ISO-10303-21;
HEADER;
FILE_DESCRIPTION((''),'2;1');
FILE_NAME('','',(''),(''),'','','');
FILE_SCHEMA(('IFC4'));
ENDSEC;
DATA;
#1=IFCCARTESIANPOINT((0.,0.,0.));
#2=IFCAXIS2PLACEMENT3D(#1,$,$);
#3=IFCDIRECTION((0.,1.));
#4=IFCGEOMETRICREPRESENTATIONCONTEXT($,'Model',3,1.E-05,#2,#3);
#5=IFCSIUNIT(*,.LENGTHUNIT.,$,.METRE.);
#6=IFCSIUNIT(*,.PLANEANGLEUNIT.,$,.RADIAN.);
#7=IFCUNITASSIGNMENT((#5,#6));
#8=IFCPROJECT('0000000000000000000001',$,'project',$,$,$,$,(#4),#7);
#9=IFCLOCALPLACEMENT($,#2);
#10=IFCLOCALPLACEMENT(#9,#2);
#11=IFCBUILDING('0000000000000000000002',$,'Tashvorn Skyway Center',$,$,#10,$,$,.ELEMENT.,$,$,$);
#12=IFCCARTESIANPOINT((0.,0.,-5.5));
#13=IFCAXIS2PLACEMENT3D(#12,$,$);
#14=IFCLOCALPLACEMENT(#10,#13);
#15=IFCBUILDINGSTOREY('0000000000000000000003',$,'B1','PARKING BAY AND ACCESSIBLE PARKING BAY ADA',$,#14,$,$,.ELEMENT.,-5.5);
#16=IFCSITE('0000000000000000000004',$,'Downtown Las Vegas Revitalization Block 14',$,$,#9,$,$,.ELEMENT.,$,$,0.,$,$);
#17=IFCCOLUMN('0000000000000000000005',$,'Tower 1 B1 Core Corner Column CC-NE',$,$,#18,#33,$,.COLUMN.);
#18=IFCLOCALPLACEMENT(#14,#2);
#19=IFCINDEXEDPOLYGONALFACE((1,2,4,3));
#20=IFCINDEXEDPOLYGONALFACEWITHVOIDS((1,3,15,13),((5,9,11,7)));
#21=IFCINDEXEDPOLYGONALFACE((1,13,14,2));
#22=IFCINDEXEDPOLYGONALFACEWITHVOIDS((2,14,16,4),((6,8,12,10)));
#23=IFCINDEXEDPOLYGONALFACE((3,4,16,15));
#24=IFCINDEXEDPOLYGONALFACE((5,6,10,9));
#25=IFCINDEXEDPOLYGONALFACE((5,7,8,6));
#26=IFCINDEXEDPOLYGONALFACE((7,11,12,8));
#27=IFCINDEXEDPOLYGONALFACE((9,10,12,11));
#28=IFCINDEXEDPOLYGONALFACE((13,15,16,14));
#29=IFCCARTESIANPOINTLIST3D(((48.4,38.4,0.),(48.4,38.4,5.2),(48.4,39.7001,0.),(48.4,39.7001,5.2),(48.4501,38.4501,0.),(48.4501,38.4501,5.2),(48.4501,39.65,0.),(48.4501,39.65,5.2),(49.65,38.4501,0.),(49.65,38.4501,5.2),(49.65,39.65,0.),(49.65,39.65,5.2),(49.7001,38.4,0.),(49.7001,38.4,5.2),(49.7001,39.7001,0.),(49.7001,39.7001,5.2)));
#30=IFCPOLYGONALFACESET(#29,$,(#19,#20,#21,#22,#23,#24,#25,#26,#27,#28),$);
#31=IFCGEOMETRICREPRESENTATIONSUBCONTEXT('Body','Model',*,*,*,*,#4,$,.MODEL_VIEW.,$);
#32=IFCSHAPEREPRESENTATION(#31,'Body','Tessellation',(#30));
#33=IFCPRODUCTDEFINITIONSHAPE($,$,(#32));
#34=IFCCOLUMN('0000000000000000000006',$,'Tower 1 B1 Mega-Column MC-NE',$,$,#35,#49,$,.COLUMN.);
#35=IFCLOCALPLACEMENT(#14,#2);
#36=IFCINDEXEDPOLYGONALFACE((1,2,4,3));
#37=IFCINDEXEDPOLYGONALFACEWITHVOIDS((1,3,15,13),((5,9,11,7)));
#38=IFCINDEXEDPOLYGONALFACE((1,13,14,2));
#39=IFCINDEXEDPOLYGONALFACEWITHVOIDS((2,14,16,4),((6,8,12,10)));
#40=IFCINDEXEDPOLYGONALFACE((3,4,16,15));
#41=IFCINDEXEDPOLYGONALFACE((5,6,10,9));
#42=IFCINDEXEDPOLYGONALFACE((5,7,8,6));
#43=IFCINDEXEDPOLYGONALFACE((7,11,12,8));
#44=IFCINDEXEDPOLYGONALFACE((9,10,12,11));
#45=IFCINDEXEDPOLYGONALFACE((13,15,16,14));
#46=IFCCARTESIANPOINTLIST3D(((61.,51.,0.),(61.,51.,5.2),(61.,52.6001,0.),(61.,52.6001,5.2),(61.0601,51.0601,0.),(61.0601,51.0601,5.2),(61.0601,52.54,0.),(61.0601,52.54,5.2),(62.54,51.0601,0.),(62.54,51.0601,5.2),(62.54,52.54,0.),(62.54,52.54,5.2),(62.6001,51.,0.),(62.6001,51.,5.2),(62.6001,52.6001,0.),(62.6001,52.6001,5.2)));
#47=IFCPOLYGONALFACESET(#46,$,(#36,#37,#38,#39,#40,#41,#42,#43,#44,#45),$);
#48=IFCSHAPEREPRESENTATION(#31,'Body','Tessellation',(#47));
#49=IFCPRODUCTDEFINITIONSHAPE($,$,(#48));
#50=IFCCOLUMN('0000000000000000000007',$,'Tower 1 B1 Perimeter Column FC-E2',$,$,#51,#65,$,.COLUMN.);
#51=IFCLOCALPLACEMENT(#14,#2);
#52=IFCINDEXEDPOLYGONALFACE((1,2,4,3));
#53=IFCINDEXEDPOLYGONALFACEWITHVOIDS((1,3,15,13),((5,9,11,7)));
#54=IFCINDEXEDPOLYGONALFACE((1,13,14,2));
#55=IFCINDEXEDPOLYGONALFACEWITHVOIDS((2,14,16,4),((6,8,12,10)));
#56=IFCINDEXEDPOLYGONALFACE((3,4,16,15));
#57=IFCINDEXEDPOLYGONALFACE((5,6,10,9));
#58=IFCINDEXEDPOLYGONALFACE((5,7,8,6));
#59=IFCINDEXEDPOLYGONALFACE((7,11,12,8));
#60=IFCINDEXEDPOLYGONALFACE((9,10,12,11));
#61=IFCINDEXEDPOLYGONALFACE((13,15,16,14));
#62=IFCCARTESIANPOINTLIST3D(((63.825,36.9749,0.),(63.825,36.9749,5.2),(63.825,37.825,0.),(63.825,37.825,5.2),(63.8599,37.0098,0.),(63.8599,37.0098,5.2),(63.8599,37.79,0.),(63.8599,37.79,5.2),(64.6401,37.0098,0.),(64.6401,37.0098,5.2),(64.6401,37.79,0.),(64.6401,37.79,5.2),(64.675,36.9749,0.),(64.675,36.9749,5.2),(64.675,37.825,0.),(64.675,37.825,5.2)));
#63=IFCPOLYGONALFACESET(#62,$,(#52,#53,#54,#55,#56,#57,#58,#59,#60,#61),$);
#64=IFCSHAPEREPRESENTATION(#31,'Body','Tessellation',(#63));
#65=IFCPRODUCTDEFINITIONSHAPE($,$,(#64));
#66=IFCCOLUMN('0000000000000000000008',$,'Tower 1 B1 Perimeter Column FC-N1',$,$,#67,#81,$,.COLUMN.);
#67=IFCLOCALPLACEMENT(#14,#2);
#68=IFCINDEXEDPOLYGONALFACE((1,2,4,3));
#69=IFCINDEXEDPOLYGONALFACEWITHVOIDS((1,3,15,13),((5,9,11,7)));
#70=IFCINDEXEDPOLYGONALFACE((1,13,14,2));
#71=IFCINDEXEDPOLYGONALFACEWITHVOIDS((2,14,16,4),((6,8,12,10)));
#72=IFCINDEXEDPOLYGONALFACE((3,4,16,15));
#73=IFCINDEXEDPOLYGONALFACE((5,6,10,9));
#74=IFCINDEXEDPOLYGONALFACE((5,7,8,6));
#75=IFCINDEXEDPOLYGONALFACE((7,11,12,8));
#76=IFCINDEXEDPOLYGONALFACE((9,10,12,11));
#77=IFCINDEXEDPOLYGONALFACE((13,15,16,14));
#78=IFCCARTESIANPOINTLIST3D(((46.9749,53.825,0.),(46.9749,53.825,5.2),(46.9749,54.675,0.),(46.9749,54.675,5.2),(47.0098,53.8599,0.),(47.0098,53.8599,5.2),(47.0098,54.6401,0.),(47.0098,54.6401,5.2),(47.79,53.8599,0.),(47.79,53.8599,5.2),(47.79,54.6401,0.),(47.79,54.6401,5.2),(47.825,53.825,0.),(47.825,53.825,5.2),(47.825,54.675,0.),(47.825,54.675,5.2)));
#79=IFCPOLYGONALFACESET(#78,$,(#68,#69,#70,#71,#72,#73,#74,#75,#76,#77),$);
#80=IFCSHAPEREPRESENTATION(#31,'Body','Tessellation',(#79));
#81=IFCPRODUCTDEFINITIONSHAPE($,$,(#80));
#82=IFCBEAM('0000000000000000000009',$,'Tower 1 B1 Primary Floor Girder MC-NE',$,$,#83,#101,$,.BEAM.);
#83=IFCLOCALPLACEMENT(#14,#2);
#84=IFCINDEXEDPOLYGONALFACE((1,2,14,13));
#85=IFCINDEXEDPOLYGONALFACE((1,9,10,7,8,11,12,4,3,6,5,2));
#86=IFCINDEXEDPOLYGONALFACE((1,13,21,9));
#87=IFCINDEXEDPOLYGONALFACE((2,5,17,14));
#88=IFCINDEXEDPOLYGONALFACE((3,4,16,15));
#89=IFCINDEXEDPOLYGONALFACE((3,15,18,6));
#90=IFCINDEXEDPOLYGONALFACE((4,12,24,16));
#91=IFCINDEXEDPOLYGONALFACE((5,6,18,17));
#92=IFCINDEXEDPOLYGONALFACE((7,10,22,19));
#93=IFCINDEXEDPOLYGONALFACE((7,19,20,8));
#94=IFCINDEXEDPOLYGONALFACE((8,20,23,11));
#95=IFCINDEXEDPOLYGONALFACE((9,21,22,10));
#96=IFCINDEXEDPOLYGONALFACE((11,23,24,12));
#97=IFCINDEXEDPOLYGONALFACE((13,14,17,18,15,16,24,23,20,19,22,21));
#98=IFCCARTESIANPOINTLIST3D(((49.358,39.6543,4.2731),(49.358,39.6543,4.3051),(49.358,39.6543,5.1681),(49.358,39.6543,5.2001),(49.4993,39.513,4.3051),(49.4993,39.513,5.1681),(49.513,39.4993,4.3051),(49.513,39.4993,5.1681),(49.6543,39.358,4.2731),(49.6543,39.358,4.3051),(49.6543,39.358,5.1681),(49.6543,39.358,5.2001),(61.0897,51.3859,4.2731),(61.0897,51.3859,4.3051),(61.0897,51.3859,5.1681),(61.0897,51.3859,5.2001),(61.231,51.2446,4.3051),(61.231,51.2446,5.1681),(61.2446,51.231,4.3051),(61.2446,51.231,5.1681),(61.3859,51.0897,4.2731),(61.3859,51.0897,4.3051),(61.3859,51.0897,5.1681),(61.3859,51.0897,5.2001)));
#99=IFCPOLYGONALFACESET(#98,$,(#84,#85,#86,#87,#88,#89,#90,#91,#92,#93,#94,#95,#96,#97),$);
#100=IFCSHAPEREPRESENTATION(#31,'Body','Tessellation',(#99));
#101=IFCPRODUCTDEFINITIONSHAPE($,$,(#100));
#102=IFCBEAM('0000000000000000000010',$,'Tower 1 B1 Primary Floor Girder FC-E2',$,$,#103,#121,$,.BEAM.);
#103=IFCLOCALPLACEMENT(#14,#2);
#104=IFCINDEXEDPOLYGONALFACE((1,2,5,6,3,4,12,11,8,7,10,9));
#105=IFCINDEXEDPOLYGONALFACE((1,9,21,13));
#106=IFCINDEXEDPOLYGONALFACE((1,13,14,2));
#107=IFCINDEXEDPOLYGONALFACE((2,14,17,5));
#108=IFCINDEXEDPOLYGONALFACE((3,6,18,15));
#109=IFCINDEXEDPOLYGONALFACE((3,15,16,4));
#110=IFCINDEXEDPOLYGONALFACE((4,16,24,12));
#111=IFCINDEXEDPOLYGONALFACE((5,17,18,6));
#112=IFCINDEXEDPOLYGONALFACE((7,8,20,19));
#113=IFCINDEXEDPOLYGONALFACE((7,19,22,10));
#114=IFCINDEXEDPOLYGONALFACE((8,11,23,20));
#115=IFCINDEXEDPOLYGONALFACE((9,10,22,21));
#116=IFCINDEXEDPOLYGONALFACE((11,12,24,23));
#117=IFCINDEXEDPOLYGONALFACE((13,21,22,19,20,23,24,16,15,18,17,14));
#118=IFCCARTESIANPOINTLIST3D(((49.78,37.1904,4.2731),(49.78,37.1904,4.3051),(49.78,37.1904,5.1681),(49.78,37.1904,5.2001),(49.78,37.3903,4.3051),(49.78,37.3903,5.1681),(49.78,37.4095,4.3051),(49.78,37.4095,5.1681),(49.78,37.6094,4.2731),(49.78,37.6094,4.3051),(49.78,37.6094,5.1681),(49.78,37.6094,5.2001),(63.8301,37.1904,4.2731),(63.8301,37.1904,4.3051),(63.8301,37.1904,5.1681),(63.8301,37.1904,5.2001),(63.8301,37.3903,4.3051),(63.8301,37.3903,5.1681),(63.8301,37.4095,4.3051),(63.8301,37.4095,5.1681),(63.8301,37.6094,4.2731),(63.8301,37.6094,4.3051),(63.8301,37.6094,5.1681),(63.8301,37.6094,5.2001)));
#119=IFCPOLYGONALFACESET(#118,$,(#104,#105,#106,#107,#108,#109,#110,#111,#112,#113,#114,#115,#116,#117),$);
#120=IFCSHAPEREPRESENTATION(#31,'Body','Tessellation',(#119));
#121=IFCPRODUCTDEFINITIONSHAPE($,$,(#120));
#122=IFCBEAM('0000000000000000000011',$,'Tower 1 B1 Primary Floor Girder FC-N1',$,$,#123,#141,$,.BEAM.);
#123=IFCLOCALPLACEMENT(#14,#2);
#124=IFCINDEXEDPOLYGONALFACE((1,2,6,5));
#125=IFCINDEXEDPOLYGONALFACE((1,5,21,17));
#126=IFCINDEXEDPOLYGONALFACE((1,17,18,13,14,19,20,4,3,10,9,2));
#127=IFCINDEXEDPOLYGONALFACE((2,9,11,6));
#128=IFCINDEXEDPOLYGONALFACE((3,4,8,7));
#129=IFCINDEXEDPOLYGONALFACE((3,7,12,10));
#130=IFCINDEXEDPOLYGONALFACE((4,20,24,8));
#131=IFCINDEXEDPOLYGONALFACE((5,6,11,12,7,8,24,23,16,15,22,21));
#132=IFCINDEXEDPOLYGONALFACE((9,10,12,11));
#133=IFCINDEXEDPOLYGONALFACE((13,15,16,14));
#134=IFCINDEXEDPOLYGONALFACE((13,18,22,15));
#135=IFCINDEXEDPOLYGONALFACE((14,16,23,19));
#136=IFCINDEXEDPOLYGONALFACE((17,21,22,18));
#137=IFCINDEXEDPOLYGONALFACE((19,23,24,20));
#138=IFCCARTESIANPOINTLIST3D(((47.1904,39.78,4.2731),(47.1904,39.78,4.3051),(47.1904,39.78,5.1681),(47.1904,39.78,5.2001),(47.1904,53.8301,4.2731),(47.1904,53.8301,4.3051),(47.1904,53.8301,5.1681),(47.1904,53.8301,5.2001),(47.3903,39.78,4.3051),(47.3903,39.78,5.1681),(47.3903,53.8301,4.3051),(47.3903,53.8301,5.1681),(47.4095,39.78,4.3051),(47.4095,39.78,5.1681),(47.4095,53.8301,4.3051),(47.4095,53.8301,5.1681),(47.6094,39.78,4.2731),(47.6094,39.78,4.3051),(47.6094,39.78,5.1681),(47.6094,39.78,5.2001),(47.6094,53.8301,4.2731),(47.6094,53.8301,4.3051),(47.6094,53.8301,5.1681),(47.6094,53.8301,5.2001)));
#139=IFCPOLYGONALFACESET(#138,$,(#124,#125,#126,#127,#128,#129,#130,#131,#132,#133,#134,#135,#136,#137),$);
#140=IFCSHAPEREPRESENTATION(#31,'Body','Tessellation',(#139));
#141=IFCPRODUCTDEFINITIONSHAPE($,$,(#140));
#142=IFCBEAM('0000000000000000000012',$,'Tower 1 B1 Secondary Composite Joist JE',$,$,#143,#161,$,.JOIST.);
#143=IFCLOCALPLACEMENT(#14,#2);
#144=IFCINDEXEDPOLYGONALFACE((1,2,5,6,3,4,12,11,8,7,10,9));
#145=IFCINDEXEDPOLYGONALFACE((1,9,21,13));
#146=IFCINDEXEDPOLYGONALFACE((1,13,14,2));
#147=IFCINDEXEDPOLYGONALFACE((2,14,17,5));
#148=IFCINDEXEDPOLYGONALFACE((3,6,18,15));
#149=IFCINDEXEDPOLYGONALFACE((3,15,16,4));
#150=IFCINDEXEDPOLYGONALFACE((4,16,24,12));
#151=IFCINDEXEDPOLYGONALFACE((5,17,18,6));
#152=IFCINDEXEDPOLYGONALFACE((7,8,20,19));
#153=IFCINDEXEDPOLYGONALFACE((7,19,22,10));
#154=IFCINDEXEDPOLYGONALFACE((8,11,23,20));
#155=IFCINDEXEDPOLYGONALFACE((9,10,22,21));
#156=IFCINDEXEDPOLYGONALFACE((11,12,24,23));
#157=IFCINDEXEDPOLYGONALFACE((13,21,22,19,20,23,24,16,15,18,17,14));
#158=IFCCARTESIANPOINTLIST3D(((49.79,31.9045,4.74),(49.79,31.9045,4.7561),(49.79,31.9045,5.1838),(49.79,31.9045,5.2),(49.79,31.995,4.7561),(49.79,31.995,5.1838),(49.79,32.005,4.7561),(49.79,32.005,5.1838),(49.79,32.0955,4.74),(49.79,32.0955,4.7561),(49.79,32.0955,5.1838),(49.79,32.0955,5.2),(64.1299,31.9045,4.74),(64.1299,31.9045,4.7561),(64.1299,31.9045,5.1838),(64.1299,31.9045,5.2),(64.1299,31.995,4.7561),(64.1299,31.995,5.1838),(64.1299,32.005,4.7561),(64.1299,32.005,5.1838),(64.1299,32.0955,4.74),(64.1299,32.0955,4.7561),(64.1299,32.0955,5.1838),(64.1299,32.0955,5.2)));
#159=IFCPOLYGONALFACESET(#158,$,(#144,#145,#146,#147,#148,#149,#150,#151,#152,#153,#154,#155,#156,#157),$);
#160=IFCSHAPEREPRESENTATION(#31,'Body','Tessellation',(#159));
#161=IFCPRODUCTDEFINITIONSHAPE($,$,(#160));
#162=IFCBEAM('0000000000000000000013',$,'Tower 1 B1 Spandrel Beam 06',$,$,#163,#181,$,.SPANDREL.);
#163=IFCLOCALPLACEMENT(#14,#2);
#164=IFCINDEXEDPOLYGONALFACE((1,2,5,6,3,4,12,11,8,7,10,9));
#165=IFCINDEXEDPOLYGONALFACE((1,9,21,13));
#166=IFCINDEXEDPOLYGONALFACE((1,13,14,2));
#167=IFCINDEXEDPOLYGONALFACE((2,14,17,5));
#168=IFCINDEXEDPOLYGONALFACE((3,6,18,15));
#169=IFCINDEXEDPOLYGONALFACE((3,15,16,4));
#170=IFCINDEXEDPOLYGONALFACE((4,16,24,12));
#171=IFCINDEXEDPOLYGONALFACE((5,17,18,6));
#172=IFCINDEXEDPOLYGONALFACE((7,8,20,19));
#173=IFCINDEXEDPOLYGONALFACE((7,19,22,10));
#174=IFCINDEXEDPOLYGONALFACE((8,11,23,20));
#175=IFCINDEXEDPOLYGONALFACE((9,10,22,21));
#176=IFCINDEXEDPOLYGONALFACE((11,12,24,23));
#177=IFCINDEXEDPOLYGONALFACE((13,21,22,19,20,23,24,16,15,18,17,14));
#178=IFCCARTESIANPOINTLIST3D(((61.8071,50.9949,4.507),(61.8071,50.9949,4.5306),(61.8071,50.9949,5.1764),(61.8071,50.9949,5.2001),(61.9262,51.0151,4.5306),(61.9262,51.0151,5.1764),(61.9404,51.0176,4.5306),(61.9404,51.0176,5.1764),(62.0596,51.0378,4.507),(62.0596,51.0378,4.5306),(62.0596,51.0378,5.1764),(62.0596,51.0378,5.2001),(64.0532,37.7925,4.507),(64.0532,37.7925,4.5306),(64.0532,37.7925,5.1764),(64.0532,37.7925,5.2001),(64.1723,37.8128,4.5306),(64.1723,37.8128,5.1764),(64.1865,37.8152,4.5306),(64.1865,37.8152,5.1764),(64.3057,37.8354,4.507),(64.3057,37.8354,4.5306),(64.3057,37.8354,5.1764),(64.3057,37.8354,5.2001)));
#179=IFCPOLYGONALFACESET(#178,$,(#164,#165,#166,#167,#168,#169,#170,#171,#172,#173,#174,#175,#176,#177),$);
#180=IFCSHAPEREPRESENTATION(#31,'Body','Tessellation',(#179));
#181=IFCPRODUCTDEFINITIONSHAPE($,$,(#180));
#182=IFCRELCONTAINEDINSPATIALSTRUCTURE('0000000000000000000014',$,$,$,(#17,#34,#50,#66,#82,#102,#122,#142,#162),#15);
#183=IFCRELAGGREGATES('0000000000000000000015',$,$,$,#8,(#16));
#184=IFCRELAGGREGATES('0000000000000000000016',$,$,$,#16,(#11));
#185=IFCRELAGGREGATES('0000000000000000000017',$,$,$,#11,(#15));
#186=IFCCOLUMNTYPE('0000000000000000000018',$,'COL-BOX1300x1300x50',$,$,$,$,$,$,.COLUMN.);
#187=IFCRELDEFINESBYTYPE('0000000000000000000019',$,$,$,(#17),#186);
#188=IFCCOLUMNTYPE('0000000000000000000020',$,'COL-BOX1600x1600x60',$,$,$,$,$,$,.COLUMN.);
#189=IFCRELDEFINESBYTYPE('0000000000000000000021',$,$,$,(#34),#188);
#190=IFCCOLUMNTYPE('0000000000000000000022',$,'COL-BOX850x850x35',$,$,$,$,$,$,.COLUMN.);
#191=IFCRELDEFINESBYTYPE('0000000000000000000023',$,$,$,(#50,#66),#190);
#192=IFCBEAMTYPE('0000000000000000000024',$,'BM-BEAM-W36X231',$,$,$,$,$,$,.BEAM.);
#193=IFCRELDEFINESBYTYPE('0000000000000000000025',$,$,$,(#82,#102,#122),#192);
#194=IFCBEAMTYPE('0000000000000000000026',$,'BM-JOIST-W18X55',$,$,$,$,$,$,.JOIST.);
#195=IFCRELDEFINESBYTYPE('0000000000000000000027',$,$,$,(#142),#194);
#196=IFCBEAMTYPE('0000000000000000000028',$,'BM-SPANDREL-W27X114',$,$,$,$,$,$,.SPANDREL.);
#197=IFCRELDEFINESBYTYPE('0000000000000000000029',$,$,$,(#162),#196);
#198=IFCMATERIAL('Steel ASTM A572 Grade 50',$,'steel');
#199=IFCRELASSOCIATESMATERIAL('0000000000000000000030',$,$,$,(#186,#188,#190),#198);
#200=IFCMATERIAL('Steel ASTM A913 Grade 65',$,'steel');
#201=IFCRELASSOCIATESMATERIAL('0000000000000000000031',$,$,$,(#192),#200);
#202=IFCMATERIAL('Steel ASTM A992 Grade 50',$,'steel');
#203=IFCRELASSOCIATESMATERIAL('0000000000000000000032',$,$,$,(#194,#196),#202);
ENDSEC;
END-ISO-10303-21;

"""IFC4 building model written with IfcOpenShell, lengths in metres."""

from ifc_helpers import new_model, si_unit, direction, frame, origin, origin_2d, place, context, subcontext, project, spatial, hollow_rectangle, i_section, extrude, material, material_profile, profile_set, type_object, element, save


model = new_model("IFC4")

# Units and contexts
model_context = context("Model", 3, precision=1e-05, world=origin(), true_north=direction((0.0, 1.0)))
body_context = subcontext(model_context, "Body", "Model", "MODEL_VIEW")
ifc_project = project(units=[si_unit("LENGTHUNIT", "METRE"), si_unit("PLANEANGLEUNIT", "RADIAN")], contexts=[model_context])

# Site, building, storey
site_placement = place(None, origin())
site = spatial("IfcSite", under=ifc_project, at=site_placement, Name="Downtown Las Vegas Revitalization Block 14", CompositionType="ELEMENT", RefElevation=0.0)
building_placement = place(site_placement, origin())
building = spatial("IfcBuilding", under=site, at=building_placement, Name="Tashvorn Skyway Center", CompositionType="ELEMENT")
storey_placement = place(building_placement, frame((0.0, 0.0, -5.5)))
storey = spatial("IfcBuildingStorey", under=building, at=storey_placement, Name="B1", Description="PARKING BAY AND ACCESSIBLE PARKING BAY ADA", CompositionType="ELEMENT", Elevation=-5.5)

# Columns
ifc_material_1 = material(Name="Steel ASTM A572 Grade 50", Category="steel")
ifc_material_profile_1 = material_profile(ifc_material_1, hollow_rectangle(XDim=1.3, YDim=1.3, WallThickness=0.05, at=origin_2d()), Name="BOX1300x1300x50")
ifc_profile_set_1 = profile_set([ifc_material_profile_1], Name="Steel ASTM A572 Grade 50")
column_type_1 = type_object("IfcColumnType", Name="COL-BOX1300x1300x50", PredefinedType="COLUMN", material=ifc_profile_set_1)
column_1_placement = place(storey_placement, frame((49.05, 39.05, 0.0), z_axis=(0.0, 0.0, 1.0), x_axis=(1.0, 0.0, 0.0)))
element("IfcColumn", 1, at=column_1_placement, inside=storey, type_object=column_type_1, Name="Tower 1 B1 Core Corner Column CC-NE", PredefinedType="COLUMN", context=body_context, shape_type="SweptSolid", body=[
    extrude(hollow_rectangle(XDim=1.3, YDim=1.3, WallThickness=0.05, at=origin_2d()), origin(), (0.0, 0.0, 1.0), 5.2),
])
ifc_material_profile_2 = material_profile(ifc_material_1, hollow_rectangle(XDim=1.6001, YDim=1.6001, WallThickness=0.0601, at=origin_2d()), Name="BOX1600x1600x60")
ifc_profile_set_2 = profile_set([ifc_material_profile_2], Name="Steel ASTM A572 Grade 50")
column_type_2 = type_object("IfcColumnType", Name="COL-BOX1600x1600x60", PredefinedType="COLUMN", material=ifc_profile_set_2)
column_2_placement = place(storey_placement, frame((61.8, 51.8, 0.0), z_axis=(0.0, 0.0, 1.0), x_axis=(1.0, 0.0, 0.0)))
element("IfcColumn", 2, at=column_2_placement, inside=storey, type_object=column_type_2, Name="Tower 1 B1 Mega-Column MC-NE", PredefinedType="COLUMN", context=body_context, shape_type="SweptSolid", body=[
    extrude(hollow_rectangle(XDim=1.6001, YDim=1.6001, WallThickness=0.0601, at=origin_2d()), origin(), (0.0, 0.0, 1.0), 5.2),
])
ifc_material_profile_3 = material_profile(ifc_material_1, hollow_rectangle(XDim=0.8501, YDim=0.8501, WallThickness=0.0349, at=origin_2d()), Name="BOX850x850x35")
ifc_profile_set_3 = profile_set([ifc_material_profile_3], Name="Steel ASTM A572 Grade 50")
column_type_3 = type_object("IfcColumnType", Name="COL-BOX850x850x35", PredefinedType="COLUMN", material=ifc_profile_set_3)
for number, where, z_axis, x_axis, name in (
    (3, (64.25, 37.3999, 0.0), (0.0, 0.0, 1.0), (1.0, 0.0, 0.0), "Tower 1 B1 Perimeter Column FC-E2"),
    (4, (47.3999, 54.25, 0.0), (0.0, 0.0, 1.0), (1.0, 0.0, 0.0), "Tower 1 B1 Perimeter Column FC-N1"),
):
    element("IfcColumn", number, at=place(storey_placement, frame(where, z_axis=z_axis, x_axis=x_axis)), inside=storey, type_object=column_type_3, Name=name, PredefinedType="COLUMN", context=body_context, shape_type="SweptSolid", body=[
        extrude(hollow_rectangle(XDim=0.8501, YDim=0.8501, WallThickness=0.0349, at=origin_2d()), origin(), (0.0, 0.0, 1.0), 5.2),
    ])

# Beams
ifc_material_2 = material(Name="Steel ASTM A913 Grade 65", Category="steel")
ifc_material_profile_4 = material_profile(ifc_material_2, i_section(OverallWidth=0.4189, OverallDepth=0.927, WebThickness=0.0193, FlangeThickness=0.032, at=origin_2d()), Name="W36X231")
ifc_profile_set_4 = profile_set([ifc_material_profile_4], Name="Steel ASTM A913 Grade 65")
beam_type_1 = type_object("IfcBeamType", Name="BM-BEAM-W36X231", PredefinedType="BEAM", material=ifc_profile_set_4)
beam_1_placement = place(storey_placement, frame((61.2378, 51.2378, 4.7366), z_axis=(-0.707107, -0.707107, 0.0), x_axis=(0.707107, -0.707107, 0.0)))
element("IfcBeam", 5, at=beam_1_placement, inside=storey, type_object=beam_type_1, Name="Tower 1 B1 Primary Floor Girder MC-NE", PredefinedType="BEAM", context=body_context, shape_type="SweptSolid", body=[
    extrude(i_section(OverallWidth=0.4189, OverallDepth=0.927, WebThickness=0.0193, FlangeThickness=0.032, at=origin_2d()), origin(), (0.0, 0.0, 1.0), 16.5911),
])
for number, where, z_axis, x_axis, name in (
    (6, (63.8301, 37.3999, 4.7366), (-1.0, 0.0, 0.0), (0.0, -1.0, 0.0), "Tower 1 B1 Primary Floor Girder FC-E2"),
    (7, (47.3999, 53.8301, 4.7366), (0.0, -1.0, 0.0), (1.0, 0.0, 0.0), "Tower 1 B1 Primary Floor Girder FC-N1"),
):
    element("IfcBeam", number, at=place(storey_placement, frame(where, z_axis=z_axis, x_axis=x_axis)), inside=storey, type_object=beam_type_1, Name=name, PredefinedType="BEAM", context=body_context, shape_type="SweptSolid", body=[
        extrude(i_section(OverallWidth=0.4189, OverallDepth=0.927, WebThickness=0.0193, FlangeThickness=0.032, at=origin_2d()), origin(), (0.0, 0.0, 1.0), 14.05),
    ])
ifc_material_3 = material(Name="Steel ASTM A992 Grade 50", Category="steel")
ifc_material_profile_5 = material_profile(ifc_material_3, i_section(OverallWidth=0.1909, OverallDepth=0.46, WebThickness=0.01, FlangeThickness=0.0161, at=origin_2d()), Name="W18X55")
ifc_profile_set_5 = profile_set([ifc_material_profile_5], Name="Steel ASTM A992 Grade 50")
beam_type_2 = type_object("IfcBeamType", Name="BM-JOIST-W18X55", PredefinedType="JOIST", material=ifc_profile_set_5)
beam_2_placement = place(storey_placement, frame((49.79, 32.0, 4.97), z_axis=(1.0, 0.0, 0.0), x_axis=(0.0, 1.0, 0.0)))
element("IfcBeam", 8, at=beam_2_placement, inside=storey, type_object=beam_type_2, Name="Tower 1 B1 Secondary Composite Joist JE", PredefinedType="JOIST", context=body_context, shape_type="SweptSolid", body=[
    extrude(i_section(OverallWidth=0.1909, OverallDepth=0.46, WebThickness=0.01, FlangeThickness=0.0161, at=origin_2d()), origin(), (0.0, 0.0, 1.0), 14.3398),
])
ifc_material_profile_6 = material_profile(ifc_material_3, i_section(OverallWidth=0.2561, OverallDepth=0.6931, WebThickness=0.0144, FlangeThickness=0.0237, at=origin_2d()), Name="W27X114")
ifc_profile_set_6 = profile_set([ifc_material_profile_6], Name="Steel ASTM A992 Grade 50")
beam_type_3 = type_object("IfcBeamType", Name="BM-SPANDREL-W27X114", PredefinedType="SPANDREL", material=ifc_profile_set_6)
for number, where, z_axis, x_axis, name in (
    (9, (64.1794, 37.814, 4.8535), (-0.167718, 0.985835, 0.0), (-0.985835, -0.167718, 0.0), "Tower 1 B1 Spandrel Beam 06"),
):
    element("IfcBeam", number, at=place(storey_placement, frame(where, z_axis=z_axis, x_axis=x_axis)), inside=storey, type_object=beam_type_3, Name=name, PredefinedType="SPANDREL", context=body_context, shape_type="SweptSolid", body=[
        extrude(i_section(OverallWidth=0.2561, OverallDepth=0.6931, WebThickness=0.0144, FlangeThickness=0.0237, at=origin_2d()), origin(), (0.0, 0.0, 1.0), 13.3921),
    ])

save(model, "model.ifc")
